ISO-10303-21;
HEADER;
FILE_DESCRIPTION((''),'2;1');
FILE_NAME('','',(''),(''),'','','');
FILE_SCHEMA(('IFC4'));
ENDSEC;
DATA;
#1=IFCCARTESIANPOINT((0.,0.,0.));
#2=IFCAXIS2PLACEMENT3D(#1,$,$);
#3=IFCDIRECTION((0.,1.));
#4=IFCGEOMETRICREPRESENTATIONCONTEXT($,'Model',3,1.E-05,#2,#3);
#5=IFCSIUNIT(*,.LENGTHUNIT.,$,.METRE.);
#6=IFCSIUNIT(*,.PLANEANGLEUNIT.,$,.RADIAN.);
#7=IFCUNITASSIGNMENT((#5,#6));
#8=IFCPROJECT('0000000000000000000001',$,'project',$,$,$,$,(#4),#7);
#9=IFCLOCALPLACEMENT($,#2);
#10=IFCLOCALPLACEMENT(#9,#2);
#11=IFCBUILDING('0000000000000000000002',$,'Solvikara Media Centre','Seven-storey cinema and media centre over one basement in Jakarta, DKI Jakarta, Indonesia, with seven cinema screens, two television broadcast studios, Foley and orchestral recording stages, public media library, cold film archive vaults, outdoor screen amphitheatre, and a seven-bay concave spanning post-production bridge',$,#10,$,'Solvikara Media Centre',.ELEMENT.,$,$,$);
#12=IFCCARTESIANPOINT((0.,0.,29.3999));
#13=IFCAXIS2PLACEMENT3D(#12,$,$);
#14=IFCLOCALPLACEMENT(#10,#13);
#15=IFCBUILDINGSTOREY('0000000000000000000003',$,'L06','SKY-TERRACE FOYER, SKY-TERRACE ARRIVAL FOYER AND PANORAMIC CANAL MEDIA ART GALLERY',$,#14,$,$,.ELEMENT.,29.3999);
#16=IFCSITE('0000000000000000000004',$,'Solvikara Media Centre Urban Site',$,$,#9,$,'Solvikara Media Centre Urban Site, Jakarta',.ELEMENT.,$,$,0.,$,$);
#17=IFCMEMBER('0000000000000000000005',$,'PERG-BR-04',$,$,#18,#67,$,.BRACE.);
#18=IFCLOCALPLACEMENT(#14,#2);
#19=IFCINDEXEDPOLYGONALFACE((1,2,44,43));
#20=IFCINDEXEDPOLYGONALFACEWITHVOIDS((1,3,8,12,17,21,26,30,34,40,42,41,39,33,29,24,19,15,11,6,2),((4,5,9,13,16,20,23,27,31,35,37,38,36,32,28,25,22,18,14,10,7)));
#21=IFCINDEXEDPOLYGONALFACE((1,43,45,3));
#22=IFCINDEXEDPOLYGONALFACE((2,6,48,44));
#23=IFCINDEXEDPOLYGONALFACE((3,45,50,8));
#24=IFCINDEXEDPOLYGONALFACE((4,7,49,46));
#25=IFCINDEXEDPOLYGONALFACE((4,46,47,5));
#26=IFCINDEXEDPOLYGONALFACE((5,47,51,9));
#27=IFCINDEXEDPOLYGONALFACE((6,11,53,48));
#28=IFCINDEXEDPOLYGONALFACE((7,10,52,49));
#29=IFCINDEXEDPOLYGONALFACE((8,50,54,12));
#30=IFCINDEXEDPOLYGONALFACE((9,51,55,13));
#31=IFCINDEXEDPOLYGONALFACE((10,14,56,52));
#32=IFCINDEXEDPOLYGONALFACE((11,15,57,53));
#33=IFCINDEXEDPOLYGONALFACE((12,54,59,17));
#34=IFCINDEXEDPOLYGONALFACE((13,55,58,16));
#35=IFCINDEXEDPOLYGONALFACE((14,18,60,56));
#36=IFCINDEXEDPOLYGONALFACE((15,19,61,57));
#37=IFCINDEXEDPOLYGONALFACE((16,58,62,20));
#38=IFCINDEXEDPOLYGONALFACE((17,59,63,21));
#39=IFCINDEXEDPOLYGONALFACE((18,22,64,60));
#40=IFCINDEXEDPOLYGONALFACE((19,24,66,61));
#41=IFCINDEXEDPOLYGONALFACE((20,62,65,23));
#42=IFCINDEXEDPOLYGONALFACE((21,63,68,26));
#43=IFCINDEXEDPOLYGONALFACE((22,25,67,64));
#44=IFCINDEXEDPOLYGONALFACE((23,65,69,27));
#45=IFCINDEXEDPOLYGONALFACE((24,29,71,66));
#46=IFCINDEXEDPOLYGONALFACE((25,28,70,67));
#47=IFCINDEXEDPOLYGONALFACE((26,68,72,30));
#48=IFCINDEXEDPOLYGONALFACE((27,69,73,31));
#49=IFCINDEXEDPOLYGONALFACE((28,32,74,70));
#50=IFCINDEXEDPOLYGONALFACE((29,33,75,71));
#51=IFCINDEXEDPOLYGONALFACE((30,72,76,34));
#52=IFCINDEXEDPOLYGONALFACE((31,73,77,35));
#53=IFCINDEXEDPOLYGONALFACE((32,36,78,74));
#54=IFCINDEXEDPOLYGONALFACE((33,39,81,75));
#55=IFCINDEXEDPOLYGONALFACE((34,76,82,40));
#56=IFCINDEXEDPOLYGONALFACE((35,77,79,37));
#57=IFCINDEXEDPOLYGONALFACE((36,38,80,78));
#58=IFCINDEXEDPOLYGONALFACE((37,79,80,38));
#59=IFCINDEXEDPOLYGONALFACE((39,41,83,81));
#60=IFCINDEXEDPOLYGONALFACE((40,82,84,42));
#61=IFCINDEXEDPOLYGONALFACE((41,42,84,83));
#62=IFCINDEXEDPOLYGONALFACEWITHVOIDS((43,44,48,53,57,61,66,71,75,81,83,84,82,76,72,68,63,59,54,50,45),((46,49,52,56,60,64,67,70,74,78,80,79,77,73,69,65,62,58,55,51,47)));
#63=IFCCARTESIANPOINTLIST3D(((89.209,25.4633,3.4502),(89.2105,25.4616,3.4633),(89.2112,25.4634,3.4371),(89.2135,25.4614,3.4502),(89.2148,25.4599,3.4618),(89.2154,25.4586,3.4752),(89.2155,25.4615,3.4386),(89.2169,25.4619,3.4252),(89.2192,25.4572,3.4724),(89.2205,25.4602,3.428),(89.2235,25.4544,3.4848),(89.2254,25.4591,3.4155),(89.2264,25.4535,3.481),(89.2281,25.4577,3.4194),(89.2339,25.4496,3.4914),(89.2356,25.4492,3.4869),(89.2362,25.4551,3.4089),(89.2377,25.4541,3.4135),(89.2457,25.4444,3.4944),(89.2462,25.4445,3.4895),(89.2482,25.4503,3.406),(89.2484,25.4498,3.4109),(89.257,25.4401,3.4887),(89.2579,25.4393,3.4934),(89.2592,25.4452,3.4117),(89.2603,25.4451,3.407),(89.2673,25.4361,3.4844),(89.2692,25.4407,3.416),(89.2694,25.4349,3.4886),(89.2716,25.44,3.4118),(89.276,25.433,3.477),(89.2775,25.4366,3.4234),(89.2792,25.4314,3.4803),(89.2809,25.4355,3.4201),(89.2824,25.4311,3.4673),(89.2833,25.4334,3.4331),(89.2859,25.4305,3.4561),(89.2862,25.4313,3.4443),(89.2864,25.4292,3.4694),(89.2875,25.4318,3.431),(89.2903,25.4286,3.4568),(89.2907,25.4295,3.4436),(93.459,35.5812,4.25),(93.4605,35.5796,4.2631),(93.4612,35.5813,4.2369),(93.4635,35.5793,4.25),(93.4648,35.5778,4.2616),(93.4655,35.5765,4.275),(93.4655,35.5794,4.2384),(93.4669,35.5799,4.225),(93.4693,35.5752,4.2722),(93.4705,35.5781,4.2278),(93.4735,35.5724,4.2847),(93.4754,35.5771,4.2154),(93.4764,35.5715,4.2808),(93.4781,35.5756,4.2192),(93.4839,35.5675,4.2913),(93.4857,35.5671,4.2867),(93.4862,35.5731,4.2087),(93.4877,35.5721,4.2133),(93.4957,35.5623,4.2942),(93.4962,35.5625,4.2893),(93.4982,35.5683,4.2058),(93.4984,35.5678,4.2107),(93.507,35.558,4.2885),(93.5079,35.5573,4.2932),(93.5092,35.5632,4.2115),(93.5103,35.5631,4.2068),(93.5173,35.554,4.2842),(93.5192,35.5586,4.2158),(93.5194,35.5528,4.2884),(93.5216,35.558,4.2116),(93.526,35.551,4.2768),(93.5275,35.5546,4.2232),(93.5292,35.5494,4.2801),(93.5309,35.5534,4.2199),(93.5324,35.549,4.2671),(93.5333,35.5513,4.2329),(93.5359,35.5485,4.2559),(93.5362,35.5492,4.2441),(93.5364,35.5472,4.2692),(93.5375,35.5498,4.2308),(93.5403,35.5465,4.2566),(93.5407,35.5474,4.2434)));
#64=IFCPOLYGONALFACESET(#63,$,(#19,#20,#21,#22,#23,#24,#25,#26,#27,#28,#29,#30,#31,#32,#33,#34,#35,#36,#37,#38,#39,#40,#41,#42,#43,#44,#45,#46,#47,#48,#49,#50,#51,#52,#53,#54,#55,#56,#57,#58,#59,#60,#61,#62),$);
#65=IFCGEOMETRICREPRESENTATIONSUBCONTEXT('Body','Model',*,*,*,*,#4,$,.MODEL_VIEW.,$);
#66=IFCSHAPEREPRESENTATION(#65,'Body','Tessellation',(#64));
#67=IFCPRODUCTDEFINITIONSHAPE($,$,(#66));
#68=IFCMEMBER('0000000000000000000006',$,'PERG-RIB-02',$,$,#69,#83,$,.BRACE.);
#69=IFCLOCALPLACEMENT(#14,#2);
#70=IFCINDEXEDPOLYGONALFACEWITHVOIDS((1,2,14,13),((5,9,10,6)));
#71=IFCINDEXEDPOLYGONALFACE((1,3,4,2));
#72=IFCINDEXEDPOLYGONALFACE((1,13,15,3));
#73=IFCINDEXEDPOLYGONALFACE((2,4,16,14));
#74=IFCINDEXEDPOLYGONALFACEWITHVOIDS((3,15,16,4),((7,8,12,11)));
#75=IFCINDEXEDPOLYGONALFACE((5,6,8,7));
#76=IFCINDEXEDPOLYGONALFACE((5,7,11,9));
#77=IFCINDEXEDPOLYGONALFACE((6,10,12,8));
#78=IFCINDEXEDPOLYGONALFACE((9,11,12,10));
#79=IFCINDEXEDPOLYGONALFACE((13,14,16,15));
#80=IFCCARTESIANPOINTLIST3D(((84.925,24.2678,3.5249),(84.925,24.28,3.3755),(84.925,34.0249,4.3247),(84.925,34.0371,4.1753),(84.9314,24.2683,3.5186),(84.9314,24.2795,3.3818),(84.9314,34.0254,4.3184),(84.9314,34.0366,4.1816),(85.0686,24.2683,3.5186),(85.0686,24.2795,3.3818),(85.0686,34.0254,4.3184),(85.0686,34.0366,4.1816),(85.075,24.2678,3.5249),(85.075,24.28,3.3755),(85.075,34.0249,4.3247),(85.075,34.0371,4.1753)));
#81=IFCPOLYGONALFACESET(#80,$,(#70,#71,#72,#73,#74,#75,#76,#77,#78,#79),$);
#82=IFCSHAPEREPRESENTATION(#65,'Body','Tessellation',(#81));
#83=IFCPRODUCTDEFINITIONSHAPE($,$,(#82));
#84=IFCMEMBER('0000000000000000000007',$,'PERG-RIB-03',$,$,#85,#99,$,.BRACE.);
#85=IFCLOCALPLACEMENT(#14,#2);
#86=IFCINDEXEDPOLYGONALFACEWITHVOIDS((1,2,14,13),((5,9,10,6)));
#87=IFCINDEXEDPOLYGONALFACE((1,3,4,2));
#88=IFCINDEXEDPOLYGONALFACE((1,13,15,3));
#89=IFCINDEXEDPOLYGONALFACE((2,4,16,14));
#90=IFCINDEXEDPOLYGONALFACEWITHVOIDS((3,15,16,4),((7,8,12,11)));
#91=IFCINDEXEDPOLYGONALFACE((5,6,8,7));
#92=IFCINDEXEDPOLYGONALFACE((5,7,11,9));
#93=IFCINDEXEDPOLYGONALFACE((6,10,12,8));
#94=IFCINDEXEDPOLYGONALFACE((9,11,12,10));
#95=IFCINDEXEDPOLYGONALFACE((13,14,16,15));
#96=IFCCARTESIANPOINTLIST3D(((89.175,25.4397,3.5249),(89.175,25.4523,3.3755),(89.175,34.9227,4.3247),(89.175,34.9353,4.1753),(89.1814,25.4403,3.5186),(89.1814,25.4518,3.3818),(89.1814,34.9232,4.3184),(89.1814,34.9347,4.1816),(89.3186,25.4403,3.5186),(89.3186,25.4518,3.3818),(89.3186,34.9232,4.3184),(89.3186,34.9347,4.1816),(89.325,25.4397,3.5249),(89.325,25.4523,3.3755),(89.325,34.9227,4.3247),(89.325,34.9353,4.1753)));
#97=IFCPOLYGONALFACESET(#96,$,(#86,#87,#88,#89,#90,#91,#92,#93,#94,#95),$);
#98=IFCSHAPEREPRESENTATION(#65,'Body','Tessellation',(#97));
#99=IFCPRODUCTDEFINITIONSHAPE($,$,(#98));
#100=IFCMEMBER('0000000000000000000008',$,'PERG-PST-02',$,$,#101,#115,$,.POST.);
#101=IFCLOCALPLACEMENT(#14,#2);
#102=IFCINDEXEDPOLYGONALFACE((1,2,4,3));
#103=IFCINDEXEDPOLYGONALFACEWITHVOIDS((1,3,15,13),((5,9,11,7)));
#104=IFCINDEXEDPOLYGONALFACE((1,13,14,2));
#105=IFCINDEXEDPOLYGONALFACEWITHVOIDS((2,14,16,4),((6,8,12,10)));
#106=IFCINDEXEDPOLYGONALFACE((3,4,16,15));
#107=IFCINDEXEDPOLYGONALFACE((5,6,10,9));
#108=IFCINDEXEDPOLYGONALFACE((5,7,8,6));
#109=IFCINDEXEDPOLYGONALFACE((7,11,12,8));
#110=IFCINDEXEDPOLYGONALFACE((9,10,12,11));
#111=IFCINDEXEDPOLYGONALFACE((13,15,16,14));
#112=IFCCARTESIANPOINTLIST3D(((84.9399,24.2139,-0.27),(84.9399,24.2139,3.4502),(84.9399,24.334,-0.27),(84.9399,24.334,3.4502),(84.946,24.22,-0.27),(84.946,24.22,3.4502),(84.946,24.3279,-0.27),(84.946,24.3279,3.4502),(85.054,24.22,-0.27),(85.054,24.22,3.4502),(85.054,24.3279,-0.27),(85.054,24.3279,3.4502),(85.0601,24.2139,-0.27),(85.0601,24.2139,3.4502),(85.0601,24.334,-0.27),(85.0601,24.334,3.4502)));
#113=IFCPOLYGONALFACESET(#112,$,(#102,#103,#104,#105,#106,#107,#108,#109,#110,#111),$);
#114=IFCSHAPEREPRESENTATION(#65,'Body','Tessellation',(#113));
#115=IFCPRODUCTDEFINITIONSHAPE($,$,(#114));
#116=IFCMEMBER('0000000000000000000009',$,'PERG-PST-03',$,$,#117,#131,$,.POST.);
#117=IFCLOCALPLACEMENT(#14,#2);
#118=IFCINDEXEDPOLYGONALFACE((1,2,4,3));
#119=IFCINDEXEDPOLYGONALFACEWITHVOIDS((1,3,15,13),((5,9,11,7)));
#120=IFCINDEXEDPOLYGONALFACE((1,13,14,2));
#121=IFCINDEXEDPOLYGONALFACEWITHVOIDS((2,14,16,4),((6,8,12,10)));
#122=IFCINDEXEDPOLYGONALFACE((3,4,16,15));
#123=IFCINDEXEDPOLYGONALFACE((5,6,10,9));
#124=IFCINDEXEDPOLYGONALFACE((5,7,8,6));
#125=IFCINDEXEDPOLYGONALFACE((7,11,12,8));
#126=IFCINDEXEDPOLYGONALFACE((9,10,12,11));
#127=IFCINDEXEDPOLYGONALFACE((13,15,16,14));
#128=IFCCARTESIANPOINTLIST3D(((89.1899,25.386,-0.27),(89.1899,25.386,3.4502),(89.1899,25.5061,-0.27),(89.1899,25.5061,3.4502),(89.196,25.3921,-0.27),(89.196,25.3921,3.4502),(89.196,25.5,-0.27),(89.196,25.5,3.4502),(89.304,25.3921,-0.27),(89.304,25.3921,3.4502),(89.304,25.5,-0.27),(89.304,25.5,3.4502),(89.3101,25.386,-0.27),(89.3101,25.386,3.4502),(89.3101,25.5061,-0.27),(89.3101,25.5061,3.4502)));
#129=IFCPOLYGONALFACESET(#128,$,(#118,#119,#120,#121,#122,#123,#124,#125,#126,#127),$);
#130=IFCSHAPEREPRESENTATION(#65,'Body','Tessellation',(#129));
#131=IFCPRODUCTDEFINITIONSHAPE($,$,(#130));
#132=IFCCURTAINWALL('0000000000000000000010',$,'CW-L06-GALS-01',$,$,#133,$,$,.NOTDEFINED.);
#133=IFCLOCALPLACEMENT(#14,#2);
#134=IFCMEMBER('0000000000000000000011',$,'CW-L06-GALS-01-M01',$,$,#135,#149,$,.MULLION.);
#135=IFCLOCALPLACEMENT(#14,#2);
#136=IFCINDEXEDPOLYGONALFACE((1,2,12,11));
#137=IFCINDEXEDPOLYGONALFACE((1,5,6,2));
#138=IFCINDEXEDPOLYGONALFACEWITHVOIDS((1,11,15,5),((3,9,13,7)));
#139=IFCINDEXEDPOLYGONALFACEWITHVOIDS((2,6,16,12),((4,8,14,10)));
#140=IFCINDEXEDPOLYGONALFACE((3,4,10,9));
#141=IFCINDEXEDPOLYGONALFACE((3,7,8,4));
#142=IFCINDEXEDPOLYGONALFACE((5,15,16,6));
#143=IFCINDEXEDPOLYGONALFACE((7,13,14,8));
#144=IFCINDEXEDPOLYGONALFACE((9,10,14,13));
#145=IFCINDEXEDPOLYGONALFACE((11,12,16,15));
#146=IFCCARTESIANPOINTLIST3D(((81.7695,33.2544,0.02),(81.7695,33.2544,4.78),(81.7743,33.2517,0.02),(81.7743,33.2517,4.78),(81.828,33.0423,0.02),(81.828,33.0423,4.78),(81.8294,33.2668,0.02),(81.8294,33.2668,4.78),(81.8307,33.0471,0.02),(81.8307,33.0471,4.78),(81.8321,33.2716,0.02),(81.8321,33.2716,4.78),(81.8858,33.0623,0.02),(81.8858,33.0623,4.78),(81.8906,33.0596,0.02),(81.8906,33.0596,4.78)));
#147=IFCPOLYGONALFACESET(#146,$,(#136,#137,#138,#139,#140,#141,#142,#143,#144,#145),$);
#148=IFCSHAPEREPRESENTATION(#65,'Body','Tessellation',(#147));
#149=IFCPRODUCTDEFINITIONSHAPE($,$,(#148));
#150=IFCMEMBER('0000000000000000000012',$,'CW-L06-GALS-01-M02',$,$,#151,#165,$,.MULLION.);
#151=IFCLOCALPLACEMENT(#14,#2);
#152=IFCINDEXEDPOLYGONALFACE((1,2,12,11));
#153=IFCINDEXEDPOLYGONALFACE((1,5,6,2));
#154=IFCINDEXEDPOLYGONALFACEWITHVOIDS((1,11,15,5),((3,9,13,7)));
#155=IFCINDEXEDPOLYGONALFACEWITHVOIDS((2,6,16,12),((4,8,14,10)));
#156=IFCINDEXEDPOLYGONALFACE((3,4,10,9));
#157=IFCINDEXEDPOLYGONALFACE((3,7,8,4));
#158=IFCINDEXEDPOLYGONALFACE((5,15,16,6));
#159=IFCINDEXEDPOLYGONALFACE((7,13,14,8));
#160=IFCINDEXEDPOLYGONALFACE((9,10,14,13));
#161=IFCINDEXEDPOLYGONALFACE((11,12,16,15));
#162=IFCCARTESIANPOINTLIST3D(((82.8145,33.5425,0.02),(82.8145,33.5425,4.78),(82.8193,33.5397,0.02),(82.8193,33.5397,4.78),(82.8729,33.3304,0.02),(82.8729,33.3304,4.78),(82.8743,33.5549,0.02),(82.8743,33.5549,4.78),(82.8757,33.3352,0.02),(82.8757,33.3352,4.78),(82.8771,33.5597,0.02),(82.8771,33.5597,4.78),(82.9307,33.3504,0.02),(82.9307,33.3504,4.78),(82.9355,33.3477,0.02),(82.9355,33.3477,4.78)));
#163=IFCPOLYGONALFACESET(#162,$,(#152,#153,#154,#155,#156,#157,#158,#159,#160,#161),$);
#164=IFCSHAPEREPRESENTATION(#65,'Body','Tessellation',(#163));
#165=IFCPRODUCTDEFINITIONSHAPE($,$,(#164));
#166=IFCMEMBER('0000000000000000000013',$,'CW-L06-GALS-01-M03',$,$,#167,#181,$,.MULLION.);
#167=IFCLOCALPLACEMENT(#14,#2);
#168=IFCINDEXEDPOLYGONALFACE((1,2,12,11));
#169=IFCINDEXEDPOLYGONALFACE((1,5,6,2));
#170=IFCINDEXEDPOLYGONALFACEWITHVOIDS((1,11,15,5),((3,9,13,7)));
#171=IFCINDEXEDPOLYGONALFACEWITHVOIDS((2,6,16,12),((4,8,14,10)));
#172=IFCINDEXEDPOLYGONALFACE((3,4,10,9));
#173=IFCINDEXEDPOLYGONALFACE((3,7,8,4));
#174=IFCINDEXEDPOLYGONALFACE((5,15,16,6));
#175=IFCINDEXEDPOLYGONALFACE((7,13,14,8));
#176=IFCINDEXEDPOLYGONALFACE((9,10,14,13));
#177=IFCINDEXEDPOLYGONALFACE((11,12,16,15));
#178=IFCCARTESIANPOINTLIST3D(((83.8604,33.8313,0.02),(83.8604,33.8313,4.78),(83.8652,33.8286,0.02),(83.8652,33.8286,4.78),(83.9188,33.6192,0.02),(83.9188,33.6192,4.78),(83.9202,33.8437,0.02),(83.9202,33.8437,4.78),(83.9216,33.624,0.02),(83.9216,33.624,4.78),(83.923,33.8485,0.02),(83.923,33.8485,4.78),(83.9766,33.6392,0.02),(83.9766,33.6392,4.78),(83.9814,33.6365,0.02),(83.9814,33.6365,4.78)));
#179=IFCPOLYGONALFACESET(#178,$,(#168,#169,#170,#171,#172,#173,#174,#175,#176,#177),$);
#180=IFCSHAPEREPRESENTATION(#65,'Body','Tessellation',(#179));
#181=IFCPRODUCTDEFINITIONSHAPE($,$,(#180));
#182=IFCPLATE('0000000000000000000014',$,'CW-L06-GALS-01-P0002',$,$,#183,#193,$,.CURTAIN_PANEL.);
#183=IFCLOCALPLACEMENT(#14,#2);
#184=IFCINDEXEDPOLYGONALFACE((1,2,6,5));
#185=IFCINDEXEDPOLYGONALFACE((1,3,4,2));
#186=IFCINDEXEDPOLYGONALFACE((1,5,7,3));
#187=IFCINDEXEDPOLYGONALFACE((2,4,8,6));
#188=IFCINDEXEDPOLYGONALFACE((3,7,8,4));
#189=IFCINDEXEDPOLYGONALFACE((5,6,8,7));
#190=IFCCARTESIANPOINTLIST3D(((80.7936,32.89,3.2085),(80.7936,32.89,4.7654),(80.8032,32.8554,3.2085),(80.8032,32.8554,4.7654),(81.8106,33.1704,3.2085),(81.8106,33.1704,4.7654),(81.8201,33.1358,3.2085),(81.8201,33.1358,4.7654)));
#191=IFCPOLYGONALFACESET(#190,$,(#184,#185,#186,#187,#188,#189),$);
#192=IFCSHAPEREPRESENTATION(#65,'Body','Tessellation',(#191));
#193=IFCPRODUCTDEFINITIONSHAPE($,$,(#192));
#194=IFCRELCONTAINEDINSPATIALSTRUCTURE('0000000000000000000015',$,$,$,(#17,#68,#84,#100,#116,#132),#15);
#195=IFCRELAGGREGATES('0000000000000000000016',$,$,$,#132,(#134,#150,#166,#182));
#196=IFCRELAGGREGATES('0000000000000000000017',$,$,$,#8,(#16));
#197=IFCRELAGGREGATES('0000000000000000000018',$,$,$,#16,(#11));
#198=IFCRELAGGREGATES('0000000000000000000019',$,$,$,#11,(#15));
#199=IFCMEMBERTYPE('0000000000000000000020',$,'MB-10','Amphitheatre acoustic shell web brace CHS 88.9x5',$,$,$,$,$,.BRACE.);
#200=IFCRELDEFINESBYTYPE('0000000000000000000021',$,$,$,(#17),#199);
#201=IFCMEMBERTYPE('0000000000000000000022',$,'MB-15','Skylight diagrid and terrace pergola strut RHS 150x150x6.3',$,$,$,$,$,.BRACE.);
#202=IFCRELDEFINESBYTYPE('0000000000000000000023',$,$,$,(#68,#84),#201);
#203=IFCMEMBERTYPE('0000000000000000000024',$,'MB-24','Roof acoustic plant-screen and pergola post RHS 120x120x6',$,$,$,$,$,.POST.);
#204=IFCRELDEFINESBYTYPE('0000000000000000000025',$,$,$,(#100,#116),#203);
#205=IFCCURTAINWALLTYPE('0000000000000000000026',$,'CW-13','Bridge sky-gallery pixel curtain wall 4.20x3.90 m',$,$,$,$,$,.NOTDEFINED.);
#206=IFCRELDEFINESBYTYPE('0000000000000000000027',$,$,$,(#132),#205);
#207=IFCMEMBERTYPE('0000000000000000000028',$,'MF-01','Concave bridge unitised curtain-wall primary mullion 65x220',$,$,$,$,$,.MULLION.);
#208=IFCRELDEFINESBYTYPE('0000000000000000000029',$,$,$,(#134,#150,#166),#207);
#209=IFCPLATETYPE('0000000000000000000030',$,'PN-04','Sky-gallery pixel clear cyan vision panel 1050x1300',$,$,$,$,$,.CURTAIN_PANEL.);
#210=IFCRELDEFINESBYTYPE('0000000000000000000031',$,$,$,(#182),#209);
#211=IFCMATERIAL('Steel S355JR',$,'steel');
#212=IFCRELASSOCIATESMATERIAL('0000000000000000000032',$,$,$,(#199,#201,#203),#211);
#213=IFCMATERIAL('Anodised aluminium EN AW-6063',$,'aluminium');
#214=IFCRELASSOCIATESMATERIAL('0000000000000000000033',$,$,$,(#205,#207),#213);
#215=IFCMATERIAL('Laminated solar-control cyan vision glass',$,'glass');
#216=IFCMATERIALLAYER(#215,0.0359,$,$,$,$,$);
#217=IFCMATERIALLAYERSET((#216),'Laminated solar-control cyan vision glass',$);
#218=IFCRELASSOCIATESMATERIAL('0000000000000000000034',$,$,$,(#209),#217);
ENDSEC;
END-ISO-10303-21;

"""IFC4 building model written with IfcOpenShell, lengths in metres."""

from ifc_helpers import new_model, si_unit, direction, frame, origin, origin_2d, place, context, subcontext, project, spatial, rectangle, hollow_rectangle, hollow_circle, extrude, material, layer, layer_set, material_profile, profile_set, type_object, element, aggregate, save


model = new_model("IFC4")

# Units and contexts
model_context = context("Model", 3, precision=1e-05, world=origin(), true_north=direction((0.0, 1.0)))
body_context = subcontext(model_context, "Body", "Model", "MODEL_VIEW")
ifc_project = project(units=[si_unit("LENGTHUNIT", "METRE"), si_unit("PLANEANGLEUNIT", "RADIAN")], contexts=[model_context])

# Site, building, storey
site_placement = place(None, origin())
site = spatial("IfcSite", under=ifc_project, at=site_placement, Name="Solvikara Media Centre Urban Site", LongName="Solvikara Media Centre Urban Site, Jakarta", CompositionType="ELEMENT", RefElevation=0.0)
building_placement = place(site_placement, origin())
building = spatial("IfcBuilding", under=site, at=building_placement, Name="Solvikara Media Centre", Description="Seven-storey cinema and media centre over one basement in Jakarta, DKI Jakarta, Indonesia, with seven cinema screens, two television broadcast studios, Foley and orchestral recording stages, public media library, cold film archive vaults, outdoor screen amphitheatre, and a seven-bay concave spanning post-production bridge", LongName="Solvikara Media Centre", CompositionType="ELEMENT")
storey_placement = place(building_placement, frame((0.0, 0.0, 29.3999)))
storey = spatial("IfcBuildingStorey", under=building, at=storey_placement, Name="L06", Description="SKY-TERRACE FOYER, SKY-TERRACE ARRIVAL FOYER AND PANORAMIC CANAL MEDIA ART GALLERY", CompositionType="ELEMENT", Elevation=29.3999)

# Shared definitions
ifc_material_1 = material(Name="Steel S355JR", Category="steel")

# Members
ifc_material_profile_1 = material_profile(ifc_material_1, hollow_circle(Radius=0.0444, WallThickness=0.0049, at=origin_2d()), Name="CHS 88.9x5")
ifc_profile_set_1 = profile_set([ifc_material_profile_1], Name="Steel S355JR")
member_type_1 = type_object("IfcMemberType", Name="MB-10", Description="Amphitheatre acoustic shell web brace CHS 88.9x5", PredefinedType="BRACE", material=ifc_profile_set_1)
member_1_placement = place(storey_placement, frame((89.25, 25.446, 3.4502), z_axis=(0.386245, 0.919528, 0.072687), x_axis=(-0.921967, 0.387269, 0.0)))
element("IfcMember", 1, at=member_1_placement, inside=storey, type_object=member_type_1, Name="PERG-BR-04", PredefinedType="BRACE", context=body_context, shape_type="SweptSolid", body=[
    extrude(hollow_circle(Radius=0.0444, WallThickness=0.0049, at=origin_2d()), origin(), (0.0, 0.0, 1.0), 11.0034),
])
ifc_material_profile_2 = material_profile(ifc_material_1, hollow_rectangle(XDim=0.1499, YDim=0.1499, WallThickness=0.0063, at=origin_2d()), Name="RHS 150x150x6.3")
ifc_profile_set_2 = profile_set([ifc_material_profile_2], Name="Steel S355JR")
member_type_2 = type_object("IfcMemberType", Name="MB-15", Description="Skylight diagrid and terrace pergola strut RHS 150x150x6.3", PredefinedType="BRACE", material=ifc_profile_set_2)
member_2_placement = place(storey_placement, frame((85.0, 24.2739, 3.4502), z_axis=(0.0, 0.996657, 0.081698), x_axis=(-1.0, 0.0, 0.0)))
element("IfcMember", 2, at=member_2_placement, inside=storey, type_object=member_type_2, Name="PERG-RIB-02", PredefinedType="BRACE", context=body_context, shape_type="SweptSolid", body=[
    extrude(hollow_rectangle(XDim=0.1499, YDim=0.1499, WallThickness=0.0063, at=origin_2d()), origin(), (0.0, 0.0, 1.0), 9.7898),
])
member_3_placement = place(storey_placement, frame((89.25, 25.446, 3.4502), z_axis=(0.0, 0.996462, 0.084043), x_axis=(-1.0, 0.0, 0.0)))
element("IfcMember", 3, at=member_3_placement, inside=storey, type_object=member_type_2, Name="PERG-RIB-03", PredefinedType="BRACE", context=body_context, shape_type="SweptSolid", body=[
    extrude(hollow_rectangle(XDim=0.1499, YDim=0.1499, WallThickness=0.0063, at=origin_2d()), origin(), (0.0, 0.0, 1.0), 9.5166),
])
ifc_material_profile_3 = material_profile(ifc_material_1, hollow_rectangle(XDim=0.1201, YDim=0.1201, WallThickness=0.0061, at=origin_2d()), Name="RHS 120x120x6")
ifc_profile_set_3 = profile_set([ifc_material_profile_3], Name="Steel S355JR")
member_type_3 = type_object("IfcMemberType", Name="MB-24", Description="Roof acoustic plant-screen and pergola post RHS 120x120x6", PredefinedType="POST", material=ifc_profile_set_3)
for number, where, z_axis, x_axis, name in (
    (4, (85.0, 24.2739, -0.27), (0.0, 0.0, 1.0), (1.0, 0.0, 0.0), "PERG-PST-02"),
    (5, (89.25, 25.446, -0.27), (0.0, 0.0, 1.0), (1.0, 0.0, 0.0), "PERG-PST-03"),
):
    element("IfcMember", number, at=place(storey_placement, frame(where, z_axis=z_axis, x_axis=x_axis)), inside=storey, type_object=member_type_3, Name=name, PredefinedType="POST", context=body_context, shape_type="SweptSolid", body=[
        extrude(hollow_rectangle(XDim=0.1201, YDim=0.1201, WallThickness=0.0061, at=origin_2d()), origin(), (0.0, 0.0, 1.0), 3.7202),
    ])

# Curtain wall, members, plate
ifc_material_2 = material(Name="Anodised aluminium EN AW-6063", Category="aluminium")
curtain_wall_type = type_object("IfcCurtainWallType", Name="CW-13", Description="Bridge sky-gallery pixel curtain wall 4.20x3.90 m", PredefinedType="NOTDEFINED", material=ifc_material_2)
curtain_wall_placement = place(storey_placement, origin())
curtain_wall = element("IfcCurtainWall", 6, at=curtain_wall_placement, inside=storey, type_object=curtain_wall_type, Name="CW-L06-GALS-01", PredefinedType="NOTDEFINED")
ifc_material_profile_4 = material_profile(ifc_material_2, hollow_rectangle(XDim=0.0649, YDim=0.22, WallThickness=0.0039, at=origin_2d()), Name="ALU-M 65x220x4")
ifc_profile_set_4 = profile_set([ifc_material_profile_4], Name="Anodised aluminium EN AW-6063")
member_type_4 = type_object("IfcMemberType", Name="MF-01", Description="Concave bridge unitised curtain-wall primary mullion 65x220", PredefinedType="MULLION", material=ifc_profile_set_4)
member_4_placement = place(storey_placement, frame((81.8301, 33.157, 0.02), z_axis=(0.0, 0.0, 1.0), x_axis=(0.96403, 0.265792, 0.0)))
member_4 = element("IfcMember", 7, at=member_4_placement, type_object=member_type_4, Name="CW-L06-GALS-01-M01", PredefinedType="MULLION", context=body_context, shape_type="SweptSolid", body=[
    extrude(hollow_rectangle(XDim=0.0649, YDim=0.22, WallThickness=0.0039, at=origin_2d()), origin(), (0.0, 0.0, 1.0), 4.76),
])
member_5_placement = place(storey_placement, frame((82.875, 33.4451, 0.02), z_axis=(0.0, 0.0, 1.0), x_axis=(0.96403, 0.265792, 0.0)))
member_5 = element("IfcMember", 8, at=member_5_placement, type_object=member_type_4, Name="CW-L06-GALS-01-M02", PredefinedType="MULLION", context=body_context, shape_type="SweptSolid", body=[
    extrude(hollow_rectangle(XDim=0.0649, YDim=0.22, WallThickness=0.0039, at=origin_2d()), origin(), (0.0, 0.0, 1.0), 4.76),
])
member_6_placement = place(storey_placement, frame((83.9209, 33.7339, 0.02), z_axis=(0.0, 0.0, 1.0), x_axis=(0.96403, 0.265792, 0.0)))
member_6 = element("IfcMember", 9, at=member_6_placement, type_object=member_type_4, Name="CW-L06-GALS-01-M03", PredefinedType="MULLION", context=body_context, shape_type="SweptSolid", body=[
    extrude(hollow_rectangle(XDim=0.0649, YDim=0.22, WallThickness=0.0039, at=origin_2d()), origin(), (0.0, 0.0, 1.0), 4.76),
])
ifc_material_3 = material(Name="Laminated solar-control cyan vision glass", Category="glass")
ifc_layer_1 = layer(ifc_material_3, 0.0359)
ifc_layer_set_1 = layer_set([ifc_layer_1], Name="Laminated solar-control cyan vision glass")
plate_type_1 = type_object("IfcPlateType", Name="PN-04", Description="Sky-gallery pixel clear cyan vision panel 1050x1300", PredefinedType="CURTAIN_PANEL", material=ifc_layer_set_1)
plate_1_placement = place(storey_placement, frame((81.3069, 33.0129, 3.2085), z_axis=(0.0, 0.0, 1.0), x_axis=(0.96403, 0.265792, 0.0)))
plate_1 = element("IfcPlate", 10, at=plate_1_placement, type_object=plate_type_1, Name="CW-L06-GALS-01-P0002", PredefinedType="CURTAIN_PANEL", context=body_context, shape_type="SweptSolid", body=[
    extrude(rectangle(XDim=1.0549, YDim=0.0359, at=origin_2d()), origin(), (0.0, 0.0, 1.0), 1.5569),
])
aggregate(curtain_wall, [member_4, member_5, member_6, plate_1])

save(model, "model.ifc")
